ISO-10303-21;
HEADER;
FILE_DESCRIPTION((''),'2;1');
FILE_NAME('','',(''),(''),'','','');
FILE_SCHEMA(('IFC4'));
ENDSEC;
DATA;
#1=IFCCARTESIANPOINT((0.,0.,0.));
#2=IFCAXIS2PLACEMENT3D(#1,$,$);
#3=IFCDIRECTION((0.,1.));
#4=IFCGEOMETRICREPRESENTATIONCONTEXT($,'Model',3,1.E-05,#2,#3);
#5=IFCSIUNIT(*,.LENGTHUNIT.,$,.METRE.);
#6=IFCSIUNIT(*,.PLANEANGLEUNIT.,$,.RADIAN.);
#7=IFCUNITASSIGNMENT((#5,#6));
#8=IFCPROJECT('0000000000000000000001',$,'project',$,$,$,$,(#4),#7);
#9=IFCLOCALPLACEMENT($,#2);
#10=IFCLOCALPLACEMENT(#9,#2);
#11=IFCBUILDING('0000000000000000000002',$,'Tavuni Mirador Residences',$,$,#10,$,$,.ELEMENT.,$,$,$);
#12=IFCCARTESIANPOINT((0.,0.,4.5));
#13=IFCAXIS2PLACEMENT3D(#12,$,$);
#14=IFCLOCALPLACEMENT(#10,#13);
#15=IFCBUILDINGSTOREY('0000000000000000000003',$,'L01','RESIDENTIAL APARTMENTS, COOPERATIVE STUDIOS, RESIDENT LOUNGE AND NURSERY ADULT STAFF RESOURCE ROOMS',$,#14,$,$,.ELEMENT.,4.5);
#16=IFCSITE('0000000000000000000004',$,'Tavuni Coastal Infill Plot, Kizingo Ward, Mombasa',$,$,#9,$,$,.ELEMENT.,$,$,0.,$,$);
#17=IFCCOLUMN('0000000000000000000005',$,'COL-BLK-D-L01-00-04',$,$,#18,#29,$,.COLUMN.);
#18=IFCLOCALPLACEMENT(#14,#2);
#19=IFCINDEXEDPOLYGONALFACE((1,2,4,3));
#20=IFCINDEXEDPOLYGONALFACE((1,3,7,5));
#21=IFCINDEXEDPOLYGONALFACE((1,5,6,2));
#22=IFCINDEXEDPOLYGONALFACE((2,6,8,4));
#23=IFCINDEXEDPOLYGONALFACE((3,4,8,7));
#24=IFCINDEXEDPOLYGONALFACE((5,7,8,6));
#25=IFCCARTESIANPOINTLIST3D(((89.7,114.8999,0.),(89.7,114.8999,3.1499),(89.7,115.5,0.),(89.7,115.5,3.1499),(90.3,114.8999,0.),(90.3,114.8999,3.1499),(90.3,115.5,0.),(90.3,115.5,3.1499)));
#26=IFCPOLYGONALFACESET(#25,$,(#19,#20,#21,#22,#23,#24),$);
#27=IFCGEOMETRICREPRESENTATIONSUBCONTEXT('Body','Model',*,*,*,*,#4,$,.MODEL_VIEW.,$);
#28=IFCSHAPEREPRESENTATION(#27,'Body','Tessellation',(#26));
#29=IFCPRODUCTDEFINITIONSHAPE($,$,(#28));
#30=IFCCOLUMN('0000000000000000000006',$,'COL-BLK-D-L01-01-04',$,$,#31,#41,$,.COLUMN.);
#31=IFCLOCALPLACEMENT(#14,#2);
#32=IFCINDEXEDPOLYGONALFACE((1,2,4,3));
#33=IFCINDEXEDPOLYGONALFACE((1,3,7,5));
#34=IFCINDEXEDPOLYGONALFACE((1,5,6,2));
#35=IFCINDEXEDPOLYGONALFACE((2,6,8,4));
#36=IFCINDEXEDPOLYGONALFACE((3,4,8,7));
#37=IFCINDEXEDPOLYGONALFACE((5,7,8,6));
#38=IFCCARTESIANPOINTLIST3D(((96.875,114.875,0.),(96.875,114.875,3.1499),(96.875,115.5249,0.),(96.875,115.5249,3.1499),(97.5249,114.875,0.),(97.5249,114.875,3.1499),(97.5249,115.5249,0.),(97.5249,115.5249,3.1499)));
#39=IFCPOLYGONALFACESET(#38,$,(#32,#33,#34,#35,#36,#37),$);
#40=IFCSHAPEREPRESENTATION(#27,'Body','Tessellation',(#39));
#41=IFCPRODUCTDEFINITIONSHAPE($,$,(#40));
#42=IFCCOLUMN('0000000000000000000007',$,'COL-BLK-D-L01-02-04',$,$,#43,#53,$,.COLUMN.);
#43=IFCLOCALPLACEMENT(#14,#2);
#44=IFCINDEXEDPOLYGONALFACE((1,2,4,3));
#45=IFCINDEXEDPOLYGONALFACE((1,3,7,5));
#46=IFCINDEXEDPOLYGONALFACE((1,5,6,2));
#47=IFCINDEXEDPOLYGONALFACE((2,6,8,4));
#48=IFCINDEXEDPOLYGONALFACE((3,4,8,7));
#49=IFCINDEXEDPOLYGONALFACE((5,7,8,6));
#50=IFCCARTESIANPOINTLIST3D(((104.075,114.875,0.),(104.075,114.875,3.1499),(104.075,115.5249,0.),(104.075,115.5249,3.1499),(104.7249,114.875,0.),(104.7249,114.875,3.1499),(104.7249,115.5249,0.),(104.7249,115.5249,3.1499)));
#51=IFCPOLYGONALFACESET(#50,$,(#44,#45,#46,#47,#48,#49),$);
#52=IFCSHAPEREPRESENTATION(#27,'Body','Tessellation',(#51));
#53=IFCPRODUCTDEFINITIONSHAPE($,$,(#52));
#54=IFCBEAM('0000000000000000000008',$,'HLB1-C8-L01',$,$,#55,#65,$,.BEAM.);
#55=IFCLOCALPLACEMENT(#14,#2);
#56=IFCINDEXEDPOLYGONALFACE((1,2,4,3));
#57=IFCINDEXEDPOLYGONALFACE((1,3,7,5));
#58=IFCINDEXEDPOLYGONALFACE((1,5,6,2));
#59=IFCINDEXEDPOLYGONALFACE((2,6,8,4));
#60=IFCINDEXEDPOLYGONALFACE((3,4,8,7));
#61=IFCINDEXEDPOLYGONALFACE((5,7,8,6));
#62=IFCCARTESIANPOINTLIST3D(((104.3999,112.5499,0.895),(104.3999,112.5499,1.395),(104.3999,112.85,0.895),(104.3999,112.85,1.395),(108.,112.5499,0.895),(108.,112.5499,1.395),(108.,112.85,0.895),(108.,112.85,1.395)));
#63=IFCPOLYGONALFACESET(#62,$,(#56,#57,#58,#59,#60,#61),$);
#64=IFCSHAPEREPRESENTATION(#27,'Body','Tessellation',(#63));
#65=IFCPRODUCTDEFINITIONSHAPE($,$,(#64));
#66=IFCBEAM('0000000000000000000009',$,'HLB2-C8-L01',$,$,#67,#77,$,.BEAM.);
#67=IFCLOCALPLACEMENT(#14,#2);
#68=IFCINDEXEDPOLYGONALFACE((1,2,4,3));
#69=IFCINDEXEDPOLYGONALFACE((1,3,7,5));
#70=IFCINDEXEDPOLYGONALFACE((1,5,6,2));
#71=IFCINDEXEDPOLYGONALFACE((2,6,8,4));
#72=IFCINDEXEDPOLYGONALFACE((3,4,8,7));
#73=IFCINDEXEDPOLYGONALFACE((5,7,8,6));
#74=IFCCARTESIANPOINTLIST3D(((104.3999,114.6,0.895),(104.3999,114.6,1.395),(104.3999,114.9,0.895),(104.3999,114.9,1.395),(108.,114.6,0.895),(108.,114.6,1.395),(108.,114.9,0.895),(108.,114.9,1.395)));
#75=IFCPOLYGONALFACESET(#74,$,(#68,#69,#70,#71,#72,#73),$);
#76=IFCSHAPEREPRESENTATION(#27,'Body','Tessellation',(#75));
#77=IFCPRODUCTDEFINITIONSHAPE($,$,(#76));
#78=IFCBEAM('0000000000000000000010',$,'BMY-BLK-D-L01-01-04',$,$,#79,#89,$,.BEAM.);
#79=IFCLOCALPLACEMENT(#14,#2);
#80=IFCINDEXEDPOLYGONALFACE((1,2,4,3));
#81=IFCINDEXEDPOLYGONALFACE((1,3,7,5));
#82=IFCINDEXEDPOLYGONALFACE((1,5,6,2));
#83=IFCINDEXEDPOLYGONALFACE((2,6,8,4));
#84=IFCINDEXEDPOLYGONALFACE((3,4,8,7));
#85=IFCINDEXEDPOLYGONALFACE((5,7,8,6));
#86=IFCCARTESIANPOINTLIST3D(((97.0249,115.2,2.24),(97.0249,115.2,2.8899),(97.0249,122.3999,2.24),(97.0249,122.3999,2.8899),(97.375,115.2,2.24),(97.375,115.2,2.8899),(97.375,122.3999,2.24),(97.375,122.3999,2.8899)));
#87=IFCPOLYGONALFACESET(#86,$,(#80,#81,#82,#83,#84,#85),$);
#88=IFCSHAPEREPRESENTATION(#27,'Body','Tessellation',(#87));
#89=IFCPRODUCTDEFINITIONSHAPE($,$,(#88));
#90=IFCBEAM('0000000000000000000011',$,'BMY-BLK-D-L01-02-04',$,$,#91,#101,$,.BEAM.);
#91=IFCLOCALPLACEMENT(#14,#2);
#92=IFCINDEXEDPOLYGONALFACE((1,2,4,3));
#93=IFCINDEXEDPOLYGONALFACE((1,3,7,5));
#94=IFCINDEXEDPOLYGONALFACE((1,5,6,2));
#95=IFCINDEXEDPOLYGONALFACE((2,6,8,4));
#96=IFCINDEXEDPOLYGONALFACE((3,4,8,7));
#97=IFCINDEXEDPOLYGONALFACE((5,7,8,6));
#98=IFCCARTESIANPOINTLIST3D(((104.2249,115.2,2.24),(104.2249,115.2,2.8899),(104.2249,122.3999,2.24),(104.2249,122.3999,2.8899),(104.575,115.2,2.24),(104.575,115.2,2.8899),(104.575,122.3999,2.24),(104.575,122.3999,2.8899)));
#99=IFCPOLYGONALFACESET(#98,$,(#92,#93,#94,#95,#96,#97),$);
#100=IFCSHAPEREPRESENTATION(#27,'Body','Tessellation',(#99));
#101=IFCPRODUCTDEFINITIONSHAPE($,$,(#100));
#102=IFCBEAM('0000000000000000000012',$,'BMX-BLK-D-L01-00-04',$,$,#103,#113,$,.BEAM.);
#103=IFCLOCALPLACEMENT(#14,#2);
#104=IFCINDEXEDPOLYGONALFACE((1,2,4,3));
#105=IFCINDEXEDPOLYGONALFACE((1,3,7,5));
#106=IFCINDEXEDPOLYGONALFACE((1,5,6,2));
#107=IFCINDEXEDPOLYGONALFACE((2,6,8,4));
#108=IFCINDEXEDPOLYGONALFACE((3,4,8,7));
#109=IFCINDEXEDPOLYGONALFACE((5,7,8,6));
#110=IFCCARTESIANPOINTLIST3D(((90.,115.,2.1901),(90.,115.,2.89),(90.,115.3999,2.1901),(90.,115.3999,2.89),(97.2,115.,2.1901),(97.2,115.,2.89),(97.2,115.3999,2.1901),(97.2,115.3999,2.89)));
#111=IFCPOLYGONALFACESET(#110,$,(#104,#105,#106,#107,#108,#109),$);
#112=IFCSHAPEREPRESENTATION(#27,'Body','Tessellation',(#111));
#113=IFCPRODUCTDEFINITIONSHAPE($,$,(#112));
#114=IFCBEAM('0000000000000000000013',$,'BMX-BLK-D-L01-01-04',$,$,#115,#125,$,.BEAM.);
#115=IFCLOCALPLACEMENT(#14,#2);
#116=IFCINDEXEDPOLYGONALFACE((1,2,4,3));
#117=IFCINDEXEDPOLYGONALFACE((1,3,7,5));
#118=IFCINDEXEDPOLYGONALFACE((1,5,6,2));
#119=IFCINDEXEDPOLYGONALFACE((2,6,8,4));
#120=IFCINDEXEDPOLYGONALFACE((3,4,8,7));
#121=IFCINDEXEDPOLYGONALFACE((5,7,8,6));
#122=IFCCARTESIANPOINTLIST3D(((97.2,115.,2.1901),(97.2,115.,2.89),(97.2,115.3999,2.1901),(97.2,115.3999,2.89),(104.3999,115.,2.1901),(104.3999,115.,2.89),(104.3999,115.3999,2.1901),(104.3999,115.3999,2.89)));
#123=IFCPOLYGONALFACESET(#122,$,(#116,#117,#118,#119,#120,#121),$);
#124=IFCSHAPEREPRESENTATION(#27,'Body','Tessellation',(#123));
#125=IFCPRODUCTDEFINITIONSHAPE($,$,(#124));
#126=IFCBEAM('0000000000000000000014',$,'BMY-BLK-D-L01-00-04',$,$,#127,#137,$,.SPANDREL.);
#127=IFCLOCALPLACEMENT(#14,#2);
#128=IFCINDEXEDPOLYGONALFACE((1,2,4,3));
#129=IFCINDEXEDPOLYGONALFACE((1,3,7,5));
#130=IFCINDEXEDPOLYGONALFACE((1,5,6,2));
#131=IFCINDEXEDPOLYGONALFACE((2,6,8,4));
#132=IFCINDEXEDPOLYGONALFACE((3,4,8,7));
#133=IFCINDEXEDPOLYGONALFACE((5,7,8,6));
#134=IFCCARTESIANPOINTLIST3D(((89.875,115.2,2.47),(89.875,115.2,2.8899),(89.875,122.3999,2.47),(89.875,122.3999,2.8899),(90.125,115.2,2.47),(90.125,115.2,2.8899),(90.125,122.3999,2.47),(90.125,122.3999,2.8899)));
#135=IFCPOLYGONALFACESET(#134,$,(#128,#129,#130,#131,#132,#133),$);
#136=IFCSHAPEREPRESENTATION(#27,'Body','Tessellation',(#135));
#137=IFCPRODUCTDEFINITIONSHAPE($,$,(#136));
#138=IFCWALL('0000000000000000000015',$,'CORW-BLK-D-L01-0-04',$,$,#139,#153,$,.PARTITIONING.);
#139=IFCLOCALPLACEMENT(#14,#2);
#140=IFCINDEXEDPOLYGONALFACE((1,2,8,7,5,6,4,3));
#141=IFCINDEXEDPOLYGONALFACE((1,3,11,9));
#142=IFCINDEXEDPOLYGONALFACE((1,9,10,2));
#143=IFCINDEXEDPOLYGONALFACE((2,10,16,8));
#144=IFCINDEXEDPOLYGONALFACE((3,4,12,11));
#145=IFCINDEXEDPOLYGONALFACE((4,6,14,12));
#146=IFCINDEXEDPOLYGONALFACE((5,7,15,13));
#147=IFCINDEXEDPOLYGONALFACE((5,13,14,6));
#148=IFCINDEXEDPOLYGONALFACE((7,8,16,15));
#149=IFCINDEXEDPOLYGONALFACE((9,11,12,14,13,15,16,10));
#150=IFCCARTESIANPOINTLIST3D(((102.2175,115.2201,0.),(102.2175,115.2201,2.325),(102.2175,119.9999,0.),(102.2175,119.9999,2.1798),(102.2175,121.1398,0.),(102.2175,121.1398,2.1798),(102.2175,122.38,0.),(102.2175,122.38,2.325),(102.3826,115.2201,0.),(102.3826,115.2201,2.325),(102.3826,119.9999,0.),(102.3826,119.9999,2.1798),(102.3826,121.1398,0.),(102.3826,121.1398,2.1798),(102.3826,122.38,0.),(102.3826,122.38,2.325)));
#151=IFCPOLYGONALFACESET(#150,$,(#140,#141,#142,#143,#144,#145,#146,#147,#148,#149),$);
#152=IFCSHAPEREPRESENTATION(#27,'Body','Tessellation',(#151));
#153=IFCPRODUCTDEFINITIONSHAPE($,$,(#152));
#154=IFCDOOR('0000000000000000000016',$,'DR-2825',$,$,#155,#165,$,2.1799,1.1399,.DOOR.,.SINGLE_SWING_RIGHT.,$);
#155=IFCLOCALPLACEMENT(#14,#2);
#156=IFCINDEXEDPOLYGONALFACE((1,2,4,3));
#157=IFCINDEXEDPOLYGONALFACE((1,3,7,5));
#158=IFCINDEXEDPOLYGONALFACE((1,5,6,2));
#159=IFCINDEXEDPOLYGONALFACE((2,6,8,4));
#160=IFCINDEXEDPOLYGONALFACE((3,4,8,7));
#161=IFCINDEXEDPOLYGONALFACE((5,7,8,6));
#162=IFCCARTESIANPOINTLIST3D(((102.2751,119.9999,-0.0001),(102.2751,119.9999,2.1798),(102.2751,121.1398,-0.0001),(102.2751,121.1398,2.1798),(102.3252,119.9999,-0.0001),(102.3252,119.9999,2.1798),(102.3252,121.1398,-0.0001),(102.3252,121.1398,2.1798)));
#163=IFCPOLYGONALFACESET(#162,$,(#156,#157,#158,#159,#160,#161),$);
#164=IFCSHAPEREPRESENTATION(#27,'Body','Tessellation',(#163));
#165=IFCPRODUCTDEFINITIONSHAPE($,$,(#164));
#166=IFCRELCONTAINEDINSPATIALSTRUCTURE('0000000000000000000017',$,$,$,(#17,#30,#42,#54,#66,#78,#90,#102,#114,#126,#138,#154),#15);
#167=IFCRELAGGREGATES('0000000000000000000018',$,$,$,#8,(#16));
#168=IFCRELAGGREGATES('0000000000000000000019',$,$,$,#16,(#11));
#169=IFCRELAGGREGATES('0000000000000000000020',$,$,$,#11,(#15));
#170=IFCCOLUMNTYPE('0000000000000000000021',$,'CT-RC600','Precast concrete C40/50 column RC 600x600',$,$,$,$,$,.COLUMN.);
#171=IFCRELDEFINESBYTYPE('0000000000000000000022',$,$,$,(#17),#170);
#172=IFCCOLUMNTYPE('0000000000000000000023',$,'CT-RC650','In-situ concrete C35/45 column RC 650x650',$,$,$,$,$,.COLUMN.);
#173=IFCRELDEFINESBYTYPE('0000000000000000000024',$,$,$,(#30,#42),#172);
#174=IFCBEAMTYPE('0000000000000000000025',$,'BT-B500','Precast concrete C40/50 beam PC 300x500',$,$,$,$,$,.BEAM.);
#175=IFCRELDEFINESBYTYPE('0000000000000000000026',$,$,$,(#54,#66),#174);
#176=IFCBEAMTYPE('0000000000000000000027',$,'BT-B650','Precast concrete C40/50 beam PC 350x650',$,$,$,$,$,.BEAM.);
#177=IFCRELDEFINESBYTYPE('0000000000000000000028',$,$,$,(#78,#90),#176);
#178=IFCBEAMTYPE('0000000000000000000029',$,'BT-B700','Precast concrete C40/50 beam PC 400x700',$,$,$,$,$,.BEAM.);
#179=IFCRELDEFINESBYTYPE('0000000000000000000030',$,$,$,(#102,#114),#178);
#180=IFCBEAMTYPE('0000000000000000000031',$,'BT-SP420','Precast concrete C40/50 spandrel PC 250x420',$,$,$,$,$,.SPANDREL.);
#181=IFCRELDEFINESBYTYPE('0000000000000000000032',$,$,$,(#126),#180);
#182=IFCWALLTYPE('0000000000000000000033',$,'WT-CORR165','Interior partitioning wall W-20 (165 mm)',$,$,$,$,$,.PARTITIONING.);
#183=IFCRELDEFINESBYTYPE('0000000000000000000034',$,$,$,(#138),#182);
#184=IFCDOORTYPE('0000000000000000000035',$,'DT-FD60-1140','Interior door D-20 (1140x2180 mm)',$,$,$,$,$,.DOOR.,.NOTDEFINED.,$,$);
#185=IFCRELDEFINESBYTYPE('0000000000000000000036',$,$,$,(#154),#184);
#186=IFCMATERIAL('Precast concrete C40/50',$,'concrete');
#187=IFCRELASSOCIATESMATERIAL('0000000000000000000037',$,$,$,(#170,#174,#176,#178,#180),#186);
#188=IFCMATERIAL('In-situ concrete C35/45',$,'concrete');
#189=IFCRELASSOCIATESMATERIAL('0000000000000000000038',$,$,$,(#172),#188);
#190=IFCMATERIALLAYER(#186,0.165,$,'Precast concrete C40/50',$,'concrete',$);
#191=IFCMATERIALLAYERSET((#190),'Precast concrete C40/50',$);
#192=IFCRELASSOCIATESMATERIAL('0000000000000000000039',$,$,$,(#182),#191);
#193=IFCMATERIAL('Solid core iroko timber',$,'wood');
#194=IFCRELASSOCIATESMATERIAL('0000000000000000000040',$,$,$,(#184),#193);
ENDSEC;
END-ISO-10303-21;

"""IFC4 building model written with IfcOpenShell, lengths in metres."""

from ifc_helpers import new_model, si_unit, direction, frame, frame_2d, origin, origin_2d, place, context, subcontext, project, spatial, rectangle, extrude, material, layer, layer_set, material_profile, profile_set, type_object, element, fill, save


model = new_model("IFC4")

# Units and contexts
model_context = context("Model", 3, precision=1e-05, world=origin(), true_north=direction((0.0, 1.0)))
body_context = subcontext(model_context, "Body", "Model", "MODEL_VIEW")
ifc_project = project(units=[si_unit("LENGTHUNIT", "METRE"), si_unit("PLANEANGLEUNIT", "RADIAN")], contexts=[model_context])

# Site, building, storey
site_placement = place(None, origin())
site = spatial("IfcSite", under=ifc_project, at=site_placement, Name="Tavuni Coastal Infill Plot, Kizingo Ward, Mombasa", CompositionType="ELEMENT", RefElevation=0.0)
building_placement = place(site_placement, origin())
building = spatial("IfcBuilding", under=site, at=building_placement, Name="Tavuni Mirador Residences", CompositionType="ELEMENT")
storey_placement = place(building_placement, frame((0.0, 0.0, 4.5)))
storey = spatial("IfcBuildingStorey", under=building, at=storey_placement, Name="L01", Description="RESIDENTIAL APARTMENTS, COOPERATIVE STUDIOS, RESIDENT LOUNGE AND NURSERY ADULT STAFF RESOURCE ROOMS", CompositionType="ELEMENT", Elevation=4.5)

# Columns
ifc_material_1 = material(Name="Precast concrete C40/50", Category="concrete")
ifc_material_profile_1 = material_profile(ifc_material_1, rectangle(XDim=0.6001, YDim=0.6001, at=origin_2d()), Name="RC 600x600", Category="concrete")
ifc_profile_set_1 = profile_set([ifc_material_profile_1], Name="Precast concrete C40/50")
column_type_1 = type_object("IfcColumnType", Name="CT-RC600", Description="Precast concrete C40/50 column RC 600x600", PredefinedType="COLUMN", material=ifc_profile_set_1)
column_placement = place(storey_placement, frame((90.0, 115.2, 0.0), z_axis=(0.0, 0.0, 1.0), x_axis=(1.0, 0.0, 0.0)))
element("IfcColumn", 1, at=column_placement, inside=storey, type_object=column_type_1, Name="COL-BLK-D-L01-00-04", PredefinedType="COLUMN", context=body_context, shape_type="SweptSolid", body=[
    extrude(rectangle(XDim=0.6001, YDim=0.6001, at=origin_2d()), origin(), (0.0, 0.0, 1.0), 3.1499),
])
ifc_material_2 = material(Name="In-situ concrete C35/45", Category="concrete")
ifc_material_profile_2 = material_profile(ifc_material_2, rectangle(XDim=0.6499, YDim=0.6499, at=origin_2d()), Name="RC 650x650", Category="concrete")
ifc_profile_set_2 = profile_set([ifc_material_profile_2], Name="In-situ concrete C35/45")
column_type_2 = type_object("IfcColumnType", Name="CT-RC650", Description="In-situ concrete C35/45 column RC 650x650", PredefinedType="COLUMN", material=ifc_profile_set_2)
for number, where, z_axis, x_axis, name in (
    (2, (97.2, 115.2, 0.0), (0.0, 0.0, 1.0), (1.0, 0.0, 0.0), "COL-BLK-D-L01-01-04"),
    (3, (104.3999, 115.2, 0.0), (0.0, 0.0, 1.0), (1.0, 0.0, 0.0), "COL-BLK-D-L01-02-04"),
):
    element("IfcColumn", number, at=place(storey_placement, frame(where, z_axis=z_axis, x_axis=x_axis)), inside=storey, type_object=column_type_2, Name=name, PredefinedType="COLUMN", context=body_context, shape_type="SweptSolid", body=[
        extrude(rectangle(XDim=0.6499, YDim=0.6499, at=origin_2d()), origin(), (0.0, 0.0, 1.0), 3.1499),
    ])

# Beams
ifc_material_profile_3 = material_profile(ifc_material_1, rectangle(XDim=0.3, YDim=0.5, at=origin_2d()), Name="PC 300x500", Category="concrete")
ifc_profile_set_3 = profile_set([ifc_material_profile_3], Name="Precast concrete C40/50")
beam_type_1 = type_object("IfcBeamType", Name="BT-B500", Description="Precast concrete C40/50 beam PC 300x500", PredefinedType="BEAM", material=ifc_profile_set_3)
for number, where, z_axis, x_axis, name in (
    (4, (104.3999, 112.7, 1.145), (1.0, 0.0, 0.0), (0.0, 1.0, 0.0), "HLB1-C8-L01"),
    (5, (104.3999, 114.75, 1.145), (1.0, 0.0, 0.0), (0.0, 1.0, 0.0), "HLB2-C8-L01"),
):
    element("IfcBeam", number, at=place(storey_placement, frame(where, z_axis=z_axis, x_axis=x_axis)), inside=storey, type_object=beam_type_1, Name=name, PredefinedType="BEAM", context=body_context, shape_type="SweptSolid", body=[
        extrude(rectangle(XDim=0.3, YDim=0.5, at=origin_2d()), origin(), (0.0, 0.0, 1.0), 3.6001),
    ])
ifc_material_profile_4 = material_profile(ifc_material_1, rectangle(XDim=0.3501, YDim=0.6499, at=origin_2d()), Name="PC 350x650", Category="concrete")
ifc_profile_set_4 = profile_set([ifc_material_profile_4], Name="Precast concrete C40/50")
beam_type_2 = type_object("IfcBeamType", Name="BT-B650", Description="Precast concrete C40/50 beam PC 350x650", PredefinedType="BEAM", material=ifc_profile_set_4)
for number, where, z_axis, x_axis, name in (
    (6, (97.2, 115.2, 2.5649), (0.0, 1.0, 0.0), (-1.0, 0.0, 0.0), "BMY-BLK-D-L01-01-04"),
    (7, (104.3999, 115.2, 2.5649), (0.0, 1.0, 0.0), (-1.0, 0.0, 0.0), "BMY-BLK-D-L01-02-04"),
):
    element("IfcBeam", number, at=place(storey_placement, frame(where, z_axis=z_axis, x_axis=x_axis)), inside=storey, type_object=beam_type_2, Name=name, PredefinedType="BEAM", context=body_context, shape_type="SweptSolid", body=[
        extrude(rectangle(XDim=0.3501, YDim=0.6499, at=origin_2d()), origin(), (0.0, 0.0, 1.0), 7.2),
    ])
ifc_material_profile_5 = material_profile(ifc_material_1, rectangle(XDim=0.3999, YDim=0.7, at=origin_2d()), Name="PC 400x700", Category="concrete")
ifc_profile_set_5 = profile_set([ifc_material_profile_5], Name="Precast concrete C40/50")
beam_type_3 = type_object("IfcBeamType", Name="BT-B700", Description="Precast concrete C40/50 beam PC 400x700", PredefinedType="BEAM", material=ifc_profile_set_5)
for number, where, z_axis, x_axis, name in (
    (8, (90.0, 115.2, 2.54), (1.0, 0.0, 0.0), (0.0, 1.0, 0.0), "BMX-BLK-D-L01-00-04"),
    (9, (97.2, 115.2, 2.54), (1.0, 0.0, 0.0), (0.0, 1.0, 0.0), "BMX-BLK-D-L01-01-04"),
):
    element("IfcBeam", number, at=place(storey_placement, frame(where, z_axis=z_axis, x_axis=x_axis)), inside=storey, type_object=beam_type_3, Name=name, PredefinedType="BEAM", context=body_context, shape_type="SweptSolid", body=[
        extrude(rectangle(XDim=0.3999, YDim=0.7, at=origin_2d()), origin(), (0.0, 0.0, 1.0), 7.2),
    ])
ifc_material_profile_6 = material_profile(ifc_material_1, rectangle(XDim=0.25, YDim=0.4199, at=origin_2d()), Name="PC 250x420", Category="concrete")
ifc_profile_set_6 = profile_set([ifc_material_profile_6], Name="Precast concrete C40/50")
beam_type_4 = type_object("IfcBeamType", Name="BT-SP420", Description="Precast concrete C40/50 spandrel PC 250x420", PredefinedType="SPANDREL", material=ifc_profile_set_6)
beam_placement = place(storey_placement, frame((90.0, 115.2, 2.6799), z_axis=(0.0, 1.0, 0.0), x_axis=(-1.0, 0.0, 0.0)))
element("IfcBeam", 10, at=beam_placement, inside=storey, type_object=beam_type_4, Name="BMY-BLK-D-L01-00-04", PredefinedType="SPANDREL", context=body_context, shape_type="SweptSolid", body=[
    extrude(rectangle(XDim=0.25, YDim=0.4199, at=origin_2d()), origin(), (0.0, 0.0, 1.0), 7.2),
])

# Wall, opening, door
ifc_material_3 = material(Name="Solid core iroko timber", Category="wood")
ifc_layer_1 = layer(ifc_material_1, 0.165, Name="Precast concrete C40/50", Category="concrete")
ifc_layer_set_1 = layer_set([ifc_layer_1], Name="Precast concrete C40/50")
wall_type_1 = type_object("IfcWallType", Name="WT-CORR165", Description="Interior partitioning wall W-20 (165 mm)", PredefinedType="PARTITIONING", material=ifc_layer_set_1)
wall_1_placement = place(storey_placement, frame((102.3, 115.22, 0.0), z_axis=(0.0, 0.0, 1.0), x_axis=(0.0, 1.0, 0.0)))
wall_1 = element("IfcWall", 11, at=wall_1_placement, inside=storey, type_object=wall_type_1, Name="CORW-BLK-D-L01-0-04", PredefinedType="PARTITIONING", context=body_context, shape_type="SweptSolid", body=[
    extrude(rectangle(XDim=7.1599, YDim=0.165, at=frame_2d((3.5801, 0.0))), origin(), (0.0, 0.0, 1.0), 2.325),
])
opening_1_placement = place(wall_1_placement, frame((4.78, 0.0, 0.0)))
opening_1 = element("IfcOpeningElement", 12, at=opening_1_placement, cuts=wall_1, PredefinedType="OPENING", context=body_context, shape_type="SweptSolid", body=[
    extrude(rectangle(XDim=1.1399, YDim=2.1799, at=frame_2d((0.5698, 1.0898))), frame((0.0, 0.0925, 0.0), z_axis=(0.0, -1.0, 0.0), x_axis=(1.0, 0.0, 0.0)), (0.0, 0.0, 1.0), 0.1851),
])
door_type_1 = type_object("IfcDoorType", Name="DT-FD60-1140", Description="Interior door D-20 (1140x2180 mm)", OperationType="NOTDEFINED", PredefinedType="DOOR", material=ifc_material_3)
door_1_placement = place(opening_1_placement, origin())
door_1 = element("IfcDoor", 13, at=door_1_placement, inside=storey, type_object=door_type_1, Name="DR-2825", OperationType="SINGLE_SWING_RIGHT", OverallHeight=2.1799, OverallWidth=1.1399, PredefinedType="DOOR", context=body_context, shape_type="SweptSolid", body=[
    extrude(rectangle(XDim=1.1399, YDim=2.1799, at=frame_2d((0.5698, 1.0898))), frame((0.0, 0.0249, 0.0), z_axis=(0.0, -1.0, 0.0), x_axis=(1.0, 0.0, 0.0)), (0.0, 0.0, 1.0), 0.05),
])
fill(opening_1, door_1)

save(model, "model.ifc")
